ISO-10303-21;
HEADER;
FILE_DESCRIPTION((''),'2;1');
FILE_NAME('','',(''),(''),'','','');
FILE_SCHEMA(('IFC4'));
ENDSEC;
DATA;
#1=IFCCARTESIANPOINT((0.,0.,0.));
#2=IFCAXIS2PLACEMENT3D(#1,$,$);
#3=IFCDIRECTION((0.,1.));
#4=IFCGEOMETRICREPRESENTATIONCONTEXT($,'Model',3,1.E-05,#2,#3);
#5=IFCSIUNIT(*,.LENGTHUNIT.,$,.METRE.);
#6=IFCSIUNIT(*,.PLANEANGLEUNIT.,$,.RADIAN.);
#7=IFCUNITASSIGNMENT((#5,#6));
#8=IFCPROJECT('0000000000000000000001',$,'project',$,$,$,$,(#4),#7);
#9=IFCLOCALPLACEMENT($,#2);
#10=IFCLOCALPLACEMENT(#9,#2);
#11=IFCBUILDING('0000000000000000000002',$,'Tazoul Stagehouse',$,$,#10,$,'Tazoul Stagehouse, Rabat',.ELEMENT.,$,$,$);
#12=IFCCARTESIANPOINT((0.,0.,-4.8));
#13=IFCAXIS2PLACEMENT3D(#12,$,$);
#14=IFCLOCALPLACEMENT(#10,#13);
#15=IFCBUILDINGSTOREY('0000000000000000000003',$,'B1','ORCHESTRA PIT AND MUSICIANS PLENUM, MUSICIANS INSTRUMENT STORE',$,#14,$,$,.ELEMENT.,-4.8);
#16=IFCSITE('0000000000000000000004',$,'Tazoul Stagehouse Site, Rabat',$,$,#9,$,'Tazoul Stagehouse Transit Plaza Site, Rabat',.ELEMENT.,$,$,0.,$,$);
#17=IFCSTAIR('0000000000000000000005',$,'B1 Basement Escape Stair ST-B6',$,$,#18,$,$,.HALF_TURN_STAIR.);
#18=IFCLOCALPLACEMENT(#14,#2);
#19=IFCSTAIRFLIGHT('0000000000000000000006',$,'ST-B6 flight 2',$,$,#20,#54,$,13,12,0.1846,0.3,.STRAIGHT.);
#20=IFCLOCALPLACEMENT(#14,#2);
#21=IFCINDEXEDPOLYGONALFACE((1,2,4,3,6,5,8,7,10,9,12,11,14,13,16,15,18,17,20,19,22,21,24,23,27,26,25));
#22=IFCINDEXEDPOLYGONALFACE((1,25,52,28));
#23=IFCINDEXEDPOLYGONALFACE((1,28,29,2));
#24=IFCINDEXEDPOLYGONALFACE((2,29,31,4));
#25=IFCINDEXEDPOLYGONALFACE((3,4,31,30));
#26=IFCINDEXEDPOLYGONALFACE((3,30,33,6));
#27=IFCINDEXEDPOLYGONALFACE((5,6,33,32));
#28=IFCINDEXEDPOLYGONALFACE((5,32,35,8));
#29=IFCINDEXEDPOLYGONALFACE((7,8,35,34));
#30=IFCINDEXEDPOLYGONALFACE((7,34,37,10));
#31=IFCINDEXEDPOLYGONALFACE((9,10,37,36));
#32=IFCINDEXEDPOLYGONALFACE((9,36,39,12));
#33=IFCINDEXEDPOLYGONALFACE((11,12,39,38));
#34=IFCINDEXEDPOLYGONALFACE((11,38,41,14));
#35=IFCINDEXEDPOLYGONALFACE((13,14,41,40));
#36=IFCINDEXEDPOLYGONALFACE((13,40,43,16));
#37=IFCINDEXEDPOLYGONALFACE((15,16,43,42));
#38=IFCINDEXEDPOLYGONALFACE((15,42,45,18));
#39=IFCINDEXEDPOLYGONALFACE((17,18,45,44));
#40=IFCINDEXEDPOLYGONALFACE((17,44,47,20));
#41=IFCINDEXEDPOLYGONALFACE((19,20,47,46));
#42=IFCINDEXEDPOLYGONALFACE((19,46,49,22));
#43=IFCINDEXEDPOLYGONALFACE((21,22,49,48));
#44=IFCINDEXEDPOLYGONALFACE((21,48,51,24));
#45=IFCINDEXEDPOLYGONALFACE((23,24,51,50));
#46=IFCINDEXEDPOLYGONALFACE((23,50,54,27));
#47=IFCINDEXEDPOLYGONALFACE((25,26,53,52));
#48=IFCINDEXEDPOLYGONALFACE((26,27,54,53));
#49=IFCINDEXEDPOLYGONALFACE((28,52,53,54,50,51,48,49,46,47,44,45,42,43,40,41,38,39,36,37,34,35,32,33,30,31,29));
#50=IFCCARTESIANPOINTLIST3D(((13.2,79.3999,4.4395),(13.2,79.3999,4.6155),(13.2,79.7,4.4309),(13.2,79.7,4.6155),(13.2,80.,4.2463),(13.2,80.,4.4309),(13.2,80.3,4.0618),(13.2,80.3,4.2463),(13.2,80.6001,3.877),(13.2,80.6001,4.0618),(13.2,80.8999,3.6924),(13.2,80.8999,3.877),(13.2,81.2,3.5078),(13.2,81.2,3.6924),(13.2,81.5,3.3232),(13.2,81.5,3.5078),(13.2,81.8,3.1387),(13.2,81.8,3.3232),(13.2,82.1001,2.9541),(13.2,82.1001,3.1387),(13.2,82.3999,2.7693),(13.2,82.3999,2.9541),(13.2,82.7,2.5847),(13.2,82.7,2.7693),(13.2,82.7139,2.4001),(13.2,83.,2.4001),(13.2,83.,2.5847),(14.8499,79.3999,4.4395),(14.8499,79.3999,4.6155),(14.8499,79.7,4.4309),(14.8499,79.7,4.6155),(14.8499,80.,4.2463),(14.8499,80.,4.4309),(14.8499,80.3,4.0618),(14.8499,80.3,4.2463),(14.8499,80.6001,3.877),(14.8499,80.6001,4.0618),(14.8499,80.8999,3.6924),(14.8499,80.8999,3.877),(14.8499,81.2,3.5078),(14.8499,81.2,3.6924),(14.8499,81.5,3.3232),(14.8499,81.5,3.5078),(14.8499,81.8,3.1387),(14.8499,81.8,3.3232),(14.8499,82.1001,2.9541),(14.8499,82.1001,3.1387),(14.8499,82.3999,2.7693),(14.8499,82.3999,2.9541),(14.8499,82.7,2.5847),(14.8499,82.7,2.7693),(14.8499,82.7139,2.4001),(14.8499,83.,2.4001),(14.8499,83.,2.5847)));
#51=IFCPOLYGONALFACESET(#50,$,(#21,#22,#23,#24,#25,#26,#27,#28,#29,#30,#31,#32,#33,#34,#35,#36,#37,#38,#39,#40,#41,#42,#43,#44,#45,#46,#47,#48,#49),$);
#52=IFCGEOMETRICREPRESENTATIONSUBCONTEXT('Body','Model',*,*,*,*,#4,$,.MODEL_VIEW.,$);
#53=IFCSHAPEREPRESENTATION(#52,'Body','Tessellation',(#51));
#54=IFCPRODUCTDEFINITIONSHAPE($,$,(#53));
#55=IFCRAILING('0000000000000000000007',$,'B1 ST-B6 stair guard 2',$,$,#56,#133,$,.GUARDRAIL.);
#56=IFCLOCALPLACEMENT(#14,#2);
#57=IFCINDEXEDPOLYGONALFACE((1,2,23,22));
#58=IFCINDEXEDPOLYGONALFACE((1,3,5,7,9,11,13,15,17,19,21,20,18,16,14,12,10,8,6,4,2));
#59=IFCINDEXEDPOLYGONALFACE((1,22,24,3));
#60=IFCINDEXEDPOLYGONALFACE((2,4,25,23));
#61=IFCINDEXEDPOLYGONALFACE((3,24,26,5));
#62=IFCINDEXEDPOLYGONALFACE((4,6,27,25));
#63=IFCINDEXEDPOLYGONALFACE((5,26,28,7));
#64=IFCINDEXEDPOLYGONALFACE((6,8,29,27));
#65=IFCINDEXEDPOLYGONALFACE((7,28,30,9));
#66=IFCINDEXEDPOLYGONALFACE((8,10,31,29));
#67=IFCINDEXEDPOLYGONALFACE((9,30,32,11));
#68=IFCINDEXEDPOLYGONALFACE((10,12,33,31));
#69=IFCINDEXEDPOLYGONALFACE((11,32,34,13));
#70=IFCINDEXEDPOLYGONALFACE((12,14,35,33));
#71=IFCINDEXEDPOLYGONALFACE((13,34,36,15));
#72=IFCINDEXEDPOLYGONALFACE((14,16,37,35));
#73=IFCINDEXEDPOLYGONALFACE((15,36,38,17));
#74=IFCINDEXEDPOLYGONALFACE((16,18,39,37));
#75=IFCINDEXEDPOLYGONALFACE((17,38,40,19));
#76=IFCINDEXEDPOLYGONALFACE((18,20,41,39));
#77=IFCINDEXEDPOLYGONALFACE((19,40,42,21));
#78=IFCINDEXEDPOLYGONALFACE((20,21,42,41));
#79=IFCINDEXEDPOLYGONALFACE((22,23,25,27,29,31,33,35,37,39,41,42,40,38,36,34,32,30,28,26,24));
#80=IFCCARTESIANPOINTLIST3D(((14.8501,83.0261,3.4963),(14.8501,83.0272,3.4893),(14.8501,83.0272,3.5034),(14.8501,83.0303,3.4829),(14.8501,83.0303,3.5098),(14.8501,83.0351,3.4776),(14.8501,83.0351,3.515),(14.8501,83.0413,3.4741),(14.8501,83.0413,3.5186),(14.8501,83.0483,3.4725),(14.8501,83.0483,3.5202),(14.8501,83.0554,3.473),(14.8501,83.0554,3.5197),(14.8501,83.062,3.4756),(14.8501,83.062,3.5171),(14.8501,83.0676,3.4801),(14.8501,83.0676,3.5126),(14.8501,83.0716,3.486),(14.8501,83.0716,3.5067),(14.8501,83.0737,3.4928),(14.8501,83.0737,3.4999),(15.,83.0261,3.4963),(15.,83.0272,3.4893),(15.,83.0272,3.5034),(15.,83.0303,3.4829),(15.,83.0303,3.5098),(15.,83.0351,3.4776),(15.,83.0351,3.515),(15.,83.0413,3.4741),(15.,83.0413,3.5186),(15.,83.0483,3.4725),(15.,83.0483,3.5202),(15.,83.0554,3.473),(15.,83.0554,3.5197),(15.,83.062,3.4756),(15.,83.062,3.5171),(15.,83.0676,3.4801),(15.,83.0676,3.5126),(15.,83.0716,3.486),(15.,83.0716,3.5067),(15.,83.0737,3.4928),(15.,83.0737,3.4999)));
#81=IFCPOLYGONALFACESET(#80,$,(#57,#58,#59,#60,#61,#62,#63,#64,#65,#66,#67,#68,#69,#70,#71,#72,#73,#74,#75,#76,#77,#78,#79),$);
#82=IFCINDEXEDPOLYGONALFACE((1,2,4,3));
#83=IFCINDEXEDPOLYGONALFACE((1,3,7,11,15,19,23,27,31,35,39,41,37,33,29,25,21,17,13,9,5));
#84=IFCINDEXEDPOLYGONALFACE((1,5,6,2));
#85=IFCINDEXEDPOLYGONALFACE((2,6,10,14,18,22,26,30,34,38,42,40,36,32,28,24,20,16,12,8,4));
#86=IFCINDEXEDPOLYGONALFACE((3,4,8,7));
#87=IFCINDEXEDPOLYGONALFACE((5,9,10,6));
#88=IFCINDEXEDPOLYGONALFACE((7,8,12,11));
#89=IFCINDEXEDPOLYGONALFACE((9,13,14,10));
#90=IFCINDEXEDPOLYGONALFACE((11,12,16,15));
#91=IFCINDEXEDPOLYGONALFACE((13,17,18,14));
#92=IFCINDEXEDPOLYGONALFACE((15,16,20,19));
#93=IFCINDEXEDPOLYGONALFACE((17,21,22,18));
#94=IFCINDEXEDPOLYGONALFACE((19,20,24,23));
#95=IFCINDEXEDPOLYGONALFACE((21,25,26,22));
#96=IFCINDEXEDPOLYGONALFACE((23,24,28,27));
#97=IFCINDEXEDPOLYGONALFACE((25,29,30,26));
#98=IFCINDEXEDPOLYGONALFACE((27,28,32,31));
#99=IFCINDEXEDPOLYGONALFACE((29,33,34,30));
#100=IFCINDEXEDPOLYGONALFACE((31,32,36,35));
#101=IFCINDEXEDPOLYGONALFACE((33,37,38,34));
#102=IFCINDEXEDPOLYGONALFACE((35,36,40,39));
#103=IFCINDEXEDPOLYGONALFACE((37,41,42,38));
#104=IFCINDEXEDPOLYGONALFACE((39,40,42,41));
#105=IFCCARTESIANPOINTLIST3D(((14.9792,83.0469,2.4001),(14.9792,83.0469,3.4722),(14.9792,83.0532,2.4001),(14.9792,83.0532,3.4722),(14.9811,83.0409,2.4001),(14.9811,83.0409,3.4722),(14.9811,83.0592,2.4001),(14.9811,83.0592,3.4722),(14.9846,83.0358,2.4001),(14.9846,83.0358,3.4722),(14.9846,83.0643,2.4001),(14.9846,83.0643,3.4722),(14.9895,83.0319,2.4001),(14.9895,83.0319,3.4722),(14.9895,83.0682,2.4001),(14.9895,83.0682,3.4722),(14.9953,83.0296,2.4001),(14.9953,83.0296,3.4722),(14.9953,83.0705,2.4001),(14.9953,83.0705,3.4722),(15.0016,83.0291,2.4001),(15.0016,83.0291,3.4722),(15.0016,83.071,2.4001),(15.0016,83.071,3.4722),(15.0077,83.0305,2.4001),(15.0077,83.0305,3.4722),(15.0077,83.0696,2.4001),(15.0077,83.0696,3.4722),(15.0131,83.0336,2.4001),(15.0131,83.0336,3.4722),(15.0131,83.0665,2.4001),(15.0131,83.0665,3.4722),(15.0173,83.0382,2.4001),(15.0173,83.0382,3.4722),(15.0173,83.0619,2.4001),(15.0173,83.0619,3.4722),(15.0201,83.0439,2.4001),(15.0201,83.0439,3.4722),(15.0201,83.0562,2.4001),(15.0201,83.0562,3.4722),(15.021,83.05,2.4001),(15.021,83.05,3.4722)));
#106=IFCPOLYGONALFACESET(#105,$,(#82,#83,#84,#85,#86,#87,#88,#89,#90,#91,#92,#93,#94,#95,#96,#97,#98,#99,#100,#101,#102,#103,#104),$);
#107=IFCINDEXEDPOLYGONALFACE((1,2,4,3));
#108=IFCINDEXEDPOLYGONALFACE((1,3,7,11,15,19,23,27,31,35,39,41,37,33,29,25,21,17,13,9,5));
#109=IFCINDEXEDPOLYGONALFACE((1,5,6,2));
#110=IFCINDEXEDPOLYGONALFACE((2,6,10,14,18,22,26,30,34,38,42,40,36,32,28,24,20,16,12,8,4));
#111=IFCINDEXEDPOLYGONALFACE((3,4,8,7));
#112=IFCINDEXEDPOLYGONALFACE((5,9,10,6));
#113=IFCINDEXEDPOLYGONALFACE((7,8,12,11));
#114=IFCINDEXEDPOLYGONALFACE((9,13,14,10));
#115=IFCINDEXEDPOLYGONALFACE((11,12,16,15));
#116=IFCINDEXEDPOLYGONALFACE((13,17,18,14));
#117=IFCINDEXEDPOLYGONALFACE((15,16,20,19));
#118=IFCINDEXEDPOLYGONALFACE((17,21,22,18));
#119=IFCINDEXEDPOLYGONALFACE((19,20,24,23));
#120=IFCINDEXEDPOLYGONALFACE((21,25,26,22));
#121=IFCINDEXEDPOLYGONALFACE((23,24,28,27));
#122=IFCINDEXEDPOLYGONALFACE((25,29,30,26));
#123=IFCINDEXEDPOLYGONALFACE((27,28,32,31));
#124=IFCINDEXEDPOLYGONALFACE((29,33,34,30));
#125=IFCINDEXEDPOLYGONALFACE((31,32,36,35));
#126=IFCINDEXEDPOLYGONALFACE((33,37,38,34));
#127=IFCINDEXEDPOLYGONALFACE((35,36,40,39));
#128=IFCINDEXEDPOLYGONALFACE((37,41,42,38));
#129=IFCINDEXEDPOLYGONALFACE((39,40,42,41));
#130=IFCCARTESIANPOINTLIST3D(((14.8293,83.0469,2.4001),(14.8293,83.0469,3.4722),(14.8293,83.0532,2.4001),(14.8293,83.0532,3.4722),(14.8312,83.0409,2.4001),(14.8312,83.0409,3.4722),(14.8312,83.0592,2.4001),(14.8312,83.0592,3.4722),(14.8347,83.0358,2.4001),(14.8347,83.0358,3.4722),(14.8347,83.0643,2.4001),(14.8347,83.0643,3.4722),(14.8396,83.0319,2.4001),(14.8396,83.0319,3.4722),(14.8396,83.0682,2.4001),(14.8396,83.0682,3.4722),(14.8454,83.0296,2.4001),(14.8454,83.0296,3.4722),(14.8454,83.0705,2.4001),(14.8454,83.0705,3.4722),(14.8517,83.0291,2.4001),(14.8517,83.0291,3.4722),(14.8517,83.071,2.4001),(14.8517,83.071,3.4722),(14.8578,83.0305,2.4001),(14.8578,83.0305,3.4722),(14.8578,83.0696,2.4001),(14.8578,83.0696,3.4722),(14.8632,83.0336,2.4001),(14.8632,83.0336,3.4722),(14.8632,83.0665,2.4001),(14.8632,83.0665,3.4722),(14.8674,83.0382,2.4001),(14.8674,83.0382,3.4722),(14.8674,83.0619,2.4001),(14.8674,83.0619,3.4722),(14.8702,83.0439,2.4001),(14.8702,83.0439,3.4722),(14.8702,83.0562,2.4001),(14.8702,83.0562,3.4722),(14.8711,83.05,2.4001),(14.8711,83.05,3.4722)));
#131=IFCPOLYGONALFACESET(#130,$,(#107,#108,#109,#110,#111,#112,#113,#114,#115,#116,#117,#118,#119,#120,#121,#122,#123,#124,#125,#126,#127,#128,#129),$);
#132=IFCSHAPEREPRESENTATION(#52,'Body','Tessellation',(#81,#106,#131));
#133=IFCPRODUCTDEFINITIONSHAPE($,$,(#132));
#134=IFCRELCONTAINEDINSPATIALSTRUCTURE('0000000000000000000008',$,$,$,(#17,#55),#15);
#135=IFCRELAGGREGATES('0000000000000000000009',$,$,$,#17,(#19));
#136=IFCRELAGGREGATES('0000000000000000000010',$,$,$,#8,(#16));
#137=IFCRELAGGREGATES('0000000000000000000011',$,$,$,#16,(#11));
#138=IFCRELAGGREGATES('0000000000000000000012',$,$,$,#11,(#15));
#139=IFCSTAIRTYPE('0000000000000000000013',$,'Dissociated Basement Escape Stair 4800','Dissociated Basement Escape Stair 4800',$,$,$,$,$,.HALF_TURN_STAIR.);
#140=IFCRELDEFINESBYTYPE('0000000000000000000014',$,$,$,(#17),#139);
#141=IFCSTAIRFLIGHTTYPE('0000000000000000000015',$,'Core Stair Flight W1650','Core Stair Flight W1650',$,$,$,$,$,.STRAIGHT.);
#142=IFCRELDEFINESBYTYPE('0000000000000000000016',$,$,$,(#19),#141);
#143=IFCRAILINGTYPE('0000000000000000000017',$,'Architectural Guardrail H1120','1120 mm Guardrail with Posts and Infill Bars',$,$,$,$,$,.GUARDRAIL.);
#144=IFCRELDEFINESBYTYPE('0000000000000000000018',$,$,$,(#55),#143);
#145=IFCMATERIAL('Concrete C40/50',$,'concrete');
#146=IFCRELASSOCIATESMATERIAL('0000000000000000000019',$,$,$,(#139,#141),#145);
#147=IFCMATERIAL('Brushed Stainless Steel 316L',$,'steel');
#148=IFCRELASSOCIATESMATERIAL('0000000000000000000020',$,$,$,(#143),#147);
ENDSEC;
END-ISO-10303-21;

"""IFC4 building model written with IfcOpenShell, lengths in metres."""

from ifc_helpers import new_model, si_unit, direction, frame, origin, origin_2d, place, context, subcontext, project, spatial, polyline, circle, outline, extrude, material, material_profile, profile_set, type_object, element, aggregate, save


model = new_model("IFC4")

# Units and contexts
model_context = context("Model", 3, precision=1e-05, world=origin(), true_north=direction((0.0, 1.0)))
body_context = subcontext(model_context, "Body", "Model", "MODEL_VIEW")
ifc_project = project(units=[si_unit("LENGTHUNIT", "METRE"), si_unit("PLANEANGLEUNIT", "RADIAN")], contexts=[model_context])

# Site, building, storey
site_placement = place(None, origin())
site = spatial("IfcSite", under=ifc_project, at=site_placement, Name="Tazoul Stagehouse Site, Rabat", LongName="Tazoul Stagehouse Transit Plaza Site, Rabat", CompositionType="ELEMENT", RefElevation=0.0)
building_placement = place(site_placement, origin())
building = spatial("IfcBuilding", under=site, at=building_placement, Name="Tazoul Stagehouse", LongName="Tazoul Stagehouse, Rabat", CompositionType="ELEMENT")
storey_placement = place(building_placement, frame((0.0, 0.0, -4.8)))
storey = spatial("IfcBuildingStorey", under=building, at=storey_placement, Name="B1", Description="ORCHESTRA PIT AND MUSICIANS PLENUM, MUSICIANS INSTRUMENT STORE", CompositionType="ELEMENT", Elevation=-4.8)

# Shared definitions
ifc_material_1 = material(Name="Concrete C40/50", Category="concrete")

# Stair, stair flight
stair_type = type_object("IfcStairType", Name="Dissociated Basement Escape Stair 4800", Description="Dissociated Basement Escape Stair 4800", PredefinedType="HALF_TURN_STAIR", material=ifc_material_1)
stair_placement = place(storey_placement, origin())
stair = element("IfcStair", 1, at=stair_placement, inside=storey, type_object=stair_type, Name="B1 Basement Escape Stair ST-B6", PredefinedType="HALF_TURN_STAIR")
stair_flight_type = type_object("IfcStairFlightType", Name="Core Stair Flight W1650", Description="Core Stair Flight W1650", PredefinedType="STRAIGHT", material=ifc_material_1)
stair_flight_placement = place(storey_placement, frame((14.0249, 83.0, 2.4001), z_axis=(0.0, 0.0, 1.0), x_axis=(0.0, -1.0, 0.0)))
stair_flight = element("IfcStairFlight", 2, at=stair_flight_placement, type_object=stair_flight_type, Name="ST-B6 flight 2", NumberOfRisers=13, NumberOfTreads=12, PredefinedType="STRAIGHT", RiserHeight=0.1846, TreadLength=0.3, context=body_context, shape_type="SweptSolid", body=[
    extrude(outline(polyline([(0.0, 0.0), (0.0, 0.1846), (0.3, 0.1846), (0.3, 0.3691), (0.6001, 0.3691), (0.6001, 0.554), (0.8999, 0.554), (0.8999, 0.7385), (1.2, 0.7385), (1.2, 0.9231), (1.5, 0.9231), (1.5, 1.1077), (1.8, 1.1077), (1.8, 1.2922), (2.1001, 1.2922), (2.1001, 1.4768), (2.3999, 1.4768), (2.3999, 1.6616), (2.7, 1.6616), (2.7, 1.8462), (3.0, 1.8462), (3.0, 2.0308), (3.3, 2.0308), (3.3, 2.2153), (3.6001, 2.2153), (3.6001, 2.3999), (3.6001, 2.0393), (0.2861, 0.0), (0.0, 0.0)])), frame((0.0, 0.825, 0.0), z_axis=(0.0, -1.0, 0.0), x_axis=(1.0, 0.0, 0.0)), (0.0, 0.0, 1.0), 1.6499),
])
aggregate(stair, [stair_flight])

# Railing
ifc_material_2 = material(Name="Brushed Stainless Steel 316L", Category="steel")
ifc_material_profile_1 = material_profile(ifc_material_2, circle(Radius=0.0239, at=origin_2d()), Name="SS RAIL D48")
ifc_profile_set_1 = profile_set([ifc_material_profile_1], Name="Brushed Stainless Steel 316L")
railing_type_1 = type_object("IfcRailingType", Name="Architectural Guardrail H1120", Description="1120 mm Guardrail with Posts and Infill Bars", PredefinedType="GUARDRAIL", material=ifc_profile_set_1)
railing_1_placement = place(storey_placement, frame((15.0, 83.05, 2.4001)))
element("IfcRailing", 3, at=railing_1_placement, inside=storey, type_object=railing_type_1, Name="B1 ST-B6 stair guard 2", PredefinedType="GUARDRAIL", context=body_context, shape_type="SweptSolid", body=[
    extrude(circle(Radius=0.0239, at=origin_2d()), frame((0.0, 0.0, 1.0962), z_axis=(-1.0, 0.0, 0.0), x_axis=(0.0, -1.0, 0.0)), (0.0, 0.0, 1.0), 0.1499),
    extrude(circle(Radius=0.021, at=origin_2d()), origin(), (0.0, 0.0, 1.0), 1.072),
    extrude(circle(Radius=0.021, at=origin_2d()), frame((-0.1499, 0.0, 0.0)), (0.0, 0.0, 1.0), 1.072),
])

save(model, "model.ifc")
